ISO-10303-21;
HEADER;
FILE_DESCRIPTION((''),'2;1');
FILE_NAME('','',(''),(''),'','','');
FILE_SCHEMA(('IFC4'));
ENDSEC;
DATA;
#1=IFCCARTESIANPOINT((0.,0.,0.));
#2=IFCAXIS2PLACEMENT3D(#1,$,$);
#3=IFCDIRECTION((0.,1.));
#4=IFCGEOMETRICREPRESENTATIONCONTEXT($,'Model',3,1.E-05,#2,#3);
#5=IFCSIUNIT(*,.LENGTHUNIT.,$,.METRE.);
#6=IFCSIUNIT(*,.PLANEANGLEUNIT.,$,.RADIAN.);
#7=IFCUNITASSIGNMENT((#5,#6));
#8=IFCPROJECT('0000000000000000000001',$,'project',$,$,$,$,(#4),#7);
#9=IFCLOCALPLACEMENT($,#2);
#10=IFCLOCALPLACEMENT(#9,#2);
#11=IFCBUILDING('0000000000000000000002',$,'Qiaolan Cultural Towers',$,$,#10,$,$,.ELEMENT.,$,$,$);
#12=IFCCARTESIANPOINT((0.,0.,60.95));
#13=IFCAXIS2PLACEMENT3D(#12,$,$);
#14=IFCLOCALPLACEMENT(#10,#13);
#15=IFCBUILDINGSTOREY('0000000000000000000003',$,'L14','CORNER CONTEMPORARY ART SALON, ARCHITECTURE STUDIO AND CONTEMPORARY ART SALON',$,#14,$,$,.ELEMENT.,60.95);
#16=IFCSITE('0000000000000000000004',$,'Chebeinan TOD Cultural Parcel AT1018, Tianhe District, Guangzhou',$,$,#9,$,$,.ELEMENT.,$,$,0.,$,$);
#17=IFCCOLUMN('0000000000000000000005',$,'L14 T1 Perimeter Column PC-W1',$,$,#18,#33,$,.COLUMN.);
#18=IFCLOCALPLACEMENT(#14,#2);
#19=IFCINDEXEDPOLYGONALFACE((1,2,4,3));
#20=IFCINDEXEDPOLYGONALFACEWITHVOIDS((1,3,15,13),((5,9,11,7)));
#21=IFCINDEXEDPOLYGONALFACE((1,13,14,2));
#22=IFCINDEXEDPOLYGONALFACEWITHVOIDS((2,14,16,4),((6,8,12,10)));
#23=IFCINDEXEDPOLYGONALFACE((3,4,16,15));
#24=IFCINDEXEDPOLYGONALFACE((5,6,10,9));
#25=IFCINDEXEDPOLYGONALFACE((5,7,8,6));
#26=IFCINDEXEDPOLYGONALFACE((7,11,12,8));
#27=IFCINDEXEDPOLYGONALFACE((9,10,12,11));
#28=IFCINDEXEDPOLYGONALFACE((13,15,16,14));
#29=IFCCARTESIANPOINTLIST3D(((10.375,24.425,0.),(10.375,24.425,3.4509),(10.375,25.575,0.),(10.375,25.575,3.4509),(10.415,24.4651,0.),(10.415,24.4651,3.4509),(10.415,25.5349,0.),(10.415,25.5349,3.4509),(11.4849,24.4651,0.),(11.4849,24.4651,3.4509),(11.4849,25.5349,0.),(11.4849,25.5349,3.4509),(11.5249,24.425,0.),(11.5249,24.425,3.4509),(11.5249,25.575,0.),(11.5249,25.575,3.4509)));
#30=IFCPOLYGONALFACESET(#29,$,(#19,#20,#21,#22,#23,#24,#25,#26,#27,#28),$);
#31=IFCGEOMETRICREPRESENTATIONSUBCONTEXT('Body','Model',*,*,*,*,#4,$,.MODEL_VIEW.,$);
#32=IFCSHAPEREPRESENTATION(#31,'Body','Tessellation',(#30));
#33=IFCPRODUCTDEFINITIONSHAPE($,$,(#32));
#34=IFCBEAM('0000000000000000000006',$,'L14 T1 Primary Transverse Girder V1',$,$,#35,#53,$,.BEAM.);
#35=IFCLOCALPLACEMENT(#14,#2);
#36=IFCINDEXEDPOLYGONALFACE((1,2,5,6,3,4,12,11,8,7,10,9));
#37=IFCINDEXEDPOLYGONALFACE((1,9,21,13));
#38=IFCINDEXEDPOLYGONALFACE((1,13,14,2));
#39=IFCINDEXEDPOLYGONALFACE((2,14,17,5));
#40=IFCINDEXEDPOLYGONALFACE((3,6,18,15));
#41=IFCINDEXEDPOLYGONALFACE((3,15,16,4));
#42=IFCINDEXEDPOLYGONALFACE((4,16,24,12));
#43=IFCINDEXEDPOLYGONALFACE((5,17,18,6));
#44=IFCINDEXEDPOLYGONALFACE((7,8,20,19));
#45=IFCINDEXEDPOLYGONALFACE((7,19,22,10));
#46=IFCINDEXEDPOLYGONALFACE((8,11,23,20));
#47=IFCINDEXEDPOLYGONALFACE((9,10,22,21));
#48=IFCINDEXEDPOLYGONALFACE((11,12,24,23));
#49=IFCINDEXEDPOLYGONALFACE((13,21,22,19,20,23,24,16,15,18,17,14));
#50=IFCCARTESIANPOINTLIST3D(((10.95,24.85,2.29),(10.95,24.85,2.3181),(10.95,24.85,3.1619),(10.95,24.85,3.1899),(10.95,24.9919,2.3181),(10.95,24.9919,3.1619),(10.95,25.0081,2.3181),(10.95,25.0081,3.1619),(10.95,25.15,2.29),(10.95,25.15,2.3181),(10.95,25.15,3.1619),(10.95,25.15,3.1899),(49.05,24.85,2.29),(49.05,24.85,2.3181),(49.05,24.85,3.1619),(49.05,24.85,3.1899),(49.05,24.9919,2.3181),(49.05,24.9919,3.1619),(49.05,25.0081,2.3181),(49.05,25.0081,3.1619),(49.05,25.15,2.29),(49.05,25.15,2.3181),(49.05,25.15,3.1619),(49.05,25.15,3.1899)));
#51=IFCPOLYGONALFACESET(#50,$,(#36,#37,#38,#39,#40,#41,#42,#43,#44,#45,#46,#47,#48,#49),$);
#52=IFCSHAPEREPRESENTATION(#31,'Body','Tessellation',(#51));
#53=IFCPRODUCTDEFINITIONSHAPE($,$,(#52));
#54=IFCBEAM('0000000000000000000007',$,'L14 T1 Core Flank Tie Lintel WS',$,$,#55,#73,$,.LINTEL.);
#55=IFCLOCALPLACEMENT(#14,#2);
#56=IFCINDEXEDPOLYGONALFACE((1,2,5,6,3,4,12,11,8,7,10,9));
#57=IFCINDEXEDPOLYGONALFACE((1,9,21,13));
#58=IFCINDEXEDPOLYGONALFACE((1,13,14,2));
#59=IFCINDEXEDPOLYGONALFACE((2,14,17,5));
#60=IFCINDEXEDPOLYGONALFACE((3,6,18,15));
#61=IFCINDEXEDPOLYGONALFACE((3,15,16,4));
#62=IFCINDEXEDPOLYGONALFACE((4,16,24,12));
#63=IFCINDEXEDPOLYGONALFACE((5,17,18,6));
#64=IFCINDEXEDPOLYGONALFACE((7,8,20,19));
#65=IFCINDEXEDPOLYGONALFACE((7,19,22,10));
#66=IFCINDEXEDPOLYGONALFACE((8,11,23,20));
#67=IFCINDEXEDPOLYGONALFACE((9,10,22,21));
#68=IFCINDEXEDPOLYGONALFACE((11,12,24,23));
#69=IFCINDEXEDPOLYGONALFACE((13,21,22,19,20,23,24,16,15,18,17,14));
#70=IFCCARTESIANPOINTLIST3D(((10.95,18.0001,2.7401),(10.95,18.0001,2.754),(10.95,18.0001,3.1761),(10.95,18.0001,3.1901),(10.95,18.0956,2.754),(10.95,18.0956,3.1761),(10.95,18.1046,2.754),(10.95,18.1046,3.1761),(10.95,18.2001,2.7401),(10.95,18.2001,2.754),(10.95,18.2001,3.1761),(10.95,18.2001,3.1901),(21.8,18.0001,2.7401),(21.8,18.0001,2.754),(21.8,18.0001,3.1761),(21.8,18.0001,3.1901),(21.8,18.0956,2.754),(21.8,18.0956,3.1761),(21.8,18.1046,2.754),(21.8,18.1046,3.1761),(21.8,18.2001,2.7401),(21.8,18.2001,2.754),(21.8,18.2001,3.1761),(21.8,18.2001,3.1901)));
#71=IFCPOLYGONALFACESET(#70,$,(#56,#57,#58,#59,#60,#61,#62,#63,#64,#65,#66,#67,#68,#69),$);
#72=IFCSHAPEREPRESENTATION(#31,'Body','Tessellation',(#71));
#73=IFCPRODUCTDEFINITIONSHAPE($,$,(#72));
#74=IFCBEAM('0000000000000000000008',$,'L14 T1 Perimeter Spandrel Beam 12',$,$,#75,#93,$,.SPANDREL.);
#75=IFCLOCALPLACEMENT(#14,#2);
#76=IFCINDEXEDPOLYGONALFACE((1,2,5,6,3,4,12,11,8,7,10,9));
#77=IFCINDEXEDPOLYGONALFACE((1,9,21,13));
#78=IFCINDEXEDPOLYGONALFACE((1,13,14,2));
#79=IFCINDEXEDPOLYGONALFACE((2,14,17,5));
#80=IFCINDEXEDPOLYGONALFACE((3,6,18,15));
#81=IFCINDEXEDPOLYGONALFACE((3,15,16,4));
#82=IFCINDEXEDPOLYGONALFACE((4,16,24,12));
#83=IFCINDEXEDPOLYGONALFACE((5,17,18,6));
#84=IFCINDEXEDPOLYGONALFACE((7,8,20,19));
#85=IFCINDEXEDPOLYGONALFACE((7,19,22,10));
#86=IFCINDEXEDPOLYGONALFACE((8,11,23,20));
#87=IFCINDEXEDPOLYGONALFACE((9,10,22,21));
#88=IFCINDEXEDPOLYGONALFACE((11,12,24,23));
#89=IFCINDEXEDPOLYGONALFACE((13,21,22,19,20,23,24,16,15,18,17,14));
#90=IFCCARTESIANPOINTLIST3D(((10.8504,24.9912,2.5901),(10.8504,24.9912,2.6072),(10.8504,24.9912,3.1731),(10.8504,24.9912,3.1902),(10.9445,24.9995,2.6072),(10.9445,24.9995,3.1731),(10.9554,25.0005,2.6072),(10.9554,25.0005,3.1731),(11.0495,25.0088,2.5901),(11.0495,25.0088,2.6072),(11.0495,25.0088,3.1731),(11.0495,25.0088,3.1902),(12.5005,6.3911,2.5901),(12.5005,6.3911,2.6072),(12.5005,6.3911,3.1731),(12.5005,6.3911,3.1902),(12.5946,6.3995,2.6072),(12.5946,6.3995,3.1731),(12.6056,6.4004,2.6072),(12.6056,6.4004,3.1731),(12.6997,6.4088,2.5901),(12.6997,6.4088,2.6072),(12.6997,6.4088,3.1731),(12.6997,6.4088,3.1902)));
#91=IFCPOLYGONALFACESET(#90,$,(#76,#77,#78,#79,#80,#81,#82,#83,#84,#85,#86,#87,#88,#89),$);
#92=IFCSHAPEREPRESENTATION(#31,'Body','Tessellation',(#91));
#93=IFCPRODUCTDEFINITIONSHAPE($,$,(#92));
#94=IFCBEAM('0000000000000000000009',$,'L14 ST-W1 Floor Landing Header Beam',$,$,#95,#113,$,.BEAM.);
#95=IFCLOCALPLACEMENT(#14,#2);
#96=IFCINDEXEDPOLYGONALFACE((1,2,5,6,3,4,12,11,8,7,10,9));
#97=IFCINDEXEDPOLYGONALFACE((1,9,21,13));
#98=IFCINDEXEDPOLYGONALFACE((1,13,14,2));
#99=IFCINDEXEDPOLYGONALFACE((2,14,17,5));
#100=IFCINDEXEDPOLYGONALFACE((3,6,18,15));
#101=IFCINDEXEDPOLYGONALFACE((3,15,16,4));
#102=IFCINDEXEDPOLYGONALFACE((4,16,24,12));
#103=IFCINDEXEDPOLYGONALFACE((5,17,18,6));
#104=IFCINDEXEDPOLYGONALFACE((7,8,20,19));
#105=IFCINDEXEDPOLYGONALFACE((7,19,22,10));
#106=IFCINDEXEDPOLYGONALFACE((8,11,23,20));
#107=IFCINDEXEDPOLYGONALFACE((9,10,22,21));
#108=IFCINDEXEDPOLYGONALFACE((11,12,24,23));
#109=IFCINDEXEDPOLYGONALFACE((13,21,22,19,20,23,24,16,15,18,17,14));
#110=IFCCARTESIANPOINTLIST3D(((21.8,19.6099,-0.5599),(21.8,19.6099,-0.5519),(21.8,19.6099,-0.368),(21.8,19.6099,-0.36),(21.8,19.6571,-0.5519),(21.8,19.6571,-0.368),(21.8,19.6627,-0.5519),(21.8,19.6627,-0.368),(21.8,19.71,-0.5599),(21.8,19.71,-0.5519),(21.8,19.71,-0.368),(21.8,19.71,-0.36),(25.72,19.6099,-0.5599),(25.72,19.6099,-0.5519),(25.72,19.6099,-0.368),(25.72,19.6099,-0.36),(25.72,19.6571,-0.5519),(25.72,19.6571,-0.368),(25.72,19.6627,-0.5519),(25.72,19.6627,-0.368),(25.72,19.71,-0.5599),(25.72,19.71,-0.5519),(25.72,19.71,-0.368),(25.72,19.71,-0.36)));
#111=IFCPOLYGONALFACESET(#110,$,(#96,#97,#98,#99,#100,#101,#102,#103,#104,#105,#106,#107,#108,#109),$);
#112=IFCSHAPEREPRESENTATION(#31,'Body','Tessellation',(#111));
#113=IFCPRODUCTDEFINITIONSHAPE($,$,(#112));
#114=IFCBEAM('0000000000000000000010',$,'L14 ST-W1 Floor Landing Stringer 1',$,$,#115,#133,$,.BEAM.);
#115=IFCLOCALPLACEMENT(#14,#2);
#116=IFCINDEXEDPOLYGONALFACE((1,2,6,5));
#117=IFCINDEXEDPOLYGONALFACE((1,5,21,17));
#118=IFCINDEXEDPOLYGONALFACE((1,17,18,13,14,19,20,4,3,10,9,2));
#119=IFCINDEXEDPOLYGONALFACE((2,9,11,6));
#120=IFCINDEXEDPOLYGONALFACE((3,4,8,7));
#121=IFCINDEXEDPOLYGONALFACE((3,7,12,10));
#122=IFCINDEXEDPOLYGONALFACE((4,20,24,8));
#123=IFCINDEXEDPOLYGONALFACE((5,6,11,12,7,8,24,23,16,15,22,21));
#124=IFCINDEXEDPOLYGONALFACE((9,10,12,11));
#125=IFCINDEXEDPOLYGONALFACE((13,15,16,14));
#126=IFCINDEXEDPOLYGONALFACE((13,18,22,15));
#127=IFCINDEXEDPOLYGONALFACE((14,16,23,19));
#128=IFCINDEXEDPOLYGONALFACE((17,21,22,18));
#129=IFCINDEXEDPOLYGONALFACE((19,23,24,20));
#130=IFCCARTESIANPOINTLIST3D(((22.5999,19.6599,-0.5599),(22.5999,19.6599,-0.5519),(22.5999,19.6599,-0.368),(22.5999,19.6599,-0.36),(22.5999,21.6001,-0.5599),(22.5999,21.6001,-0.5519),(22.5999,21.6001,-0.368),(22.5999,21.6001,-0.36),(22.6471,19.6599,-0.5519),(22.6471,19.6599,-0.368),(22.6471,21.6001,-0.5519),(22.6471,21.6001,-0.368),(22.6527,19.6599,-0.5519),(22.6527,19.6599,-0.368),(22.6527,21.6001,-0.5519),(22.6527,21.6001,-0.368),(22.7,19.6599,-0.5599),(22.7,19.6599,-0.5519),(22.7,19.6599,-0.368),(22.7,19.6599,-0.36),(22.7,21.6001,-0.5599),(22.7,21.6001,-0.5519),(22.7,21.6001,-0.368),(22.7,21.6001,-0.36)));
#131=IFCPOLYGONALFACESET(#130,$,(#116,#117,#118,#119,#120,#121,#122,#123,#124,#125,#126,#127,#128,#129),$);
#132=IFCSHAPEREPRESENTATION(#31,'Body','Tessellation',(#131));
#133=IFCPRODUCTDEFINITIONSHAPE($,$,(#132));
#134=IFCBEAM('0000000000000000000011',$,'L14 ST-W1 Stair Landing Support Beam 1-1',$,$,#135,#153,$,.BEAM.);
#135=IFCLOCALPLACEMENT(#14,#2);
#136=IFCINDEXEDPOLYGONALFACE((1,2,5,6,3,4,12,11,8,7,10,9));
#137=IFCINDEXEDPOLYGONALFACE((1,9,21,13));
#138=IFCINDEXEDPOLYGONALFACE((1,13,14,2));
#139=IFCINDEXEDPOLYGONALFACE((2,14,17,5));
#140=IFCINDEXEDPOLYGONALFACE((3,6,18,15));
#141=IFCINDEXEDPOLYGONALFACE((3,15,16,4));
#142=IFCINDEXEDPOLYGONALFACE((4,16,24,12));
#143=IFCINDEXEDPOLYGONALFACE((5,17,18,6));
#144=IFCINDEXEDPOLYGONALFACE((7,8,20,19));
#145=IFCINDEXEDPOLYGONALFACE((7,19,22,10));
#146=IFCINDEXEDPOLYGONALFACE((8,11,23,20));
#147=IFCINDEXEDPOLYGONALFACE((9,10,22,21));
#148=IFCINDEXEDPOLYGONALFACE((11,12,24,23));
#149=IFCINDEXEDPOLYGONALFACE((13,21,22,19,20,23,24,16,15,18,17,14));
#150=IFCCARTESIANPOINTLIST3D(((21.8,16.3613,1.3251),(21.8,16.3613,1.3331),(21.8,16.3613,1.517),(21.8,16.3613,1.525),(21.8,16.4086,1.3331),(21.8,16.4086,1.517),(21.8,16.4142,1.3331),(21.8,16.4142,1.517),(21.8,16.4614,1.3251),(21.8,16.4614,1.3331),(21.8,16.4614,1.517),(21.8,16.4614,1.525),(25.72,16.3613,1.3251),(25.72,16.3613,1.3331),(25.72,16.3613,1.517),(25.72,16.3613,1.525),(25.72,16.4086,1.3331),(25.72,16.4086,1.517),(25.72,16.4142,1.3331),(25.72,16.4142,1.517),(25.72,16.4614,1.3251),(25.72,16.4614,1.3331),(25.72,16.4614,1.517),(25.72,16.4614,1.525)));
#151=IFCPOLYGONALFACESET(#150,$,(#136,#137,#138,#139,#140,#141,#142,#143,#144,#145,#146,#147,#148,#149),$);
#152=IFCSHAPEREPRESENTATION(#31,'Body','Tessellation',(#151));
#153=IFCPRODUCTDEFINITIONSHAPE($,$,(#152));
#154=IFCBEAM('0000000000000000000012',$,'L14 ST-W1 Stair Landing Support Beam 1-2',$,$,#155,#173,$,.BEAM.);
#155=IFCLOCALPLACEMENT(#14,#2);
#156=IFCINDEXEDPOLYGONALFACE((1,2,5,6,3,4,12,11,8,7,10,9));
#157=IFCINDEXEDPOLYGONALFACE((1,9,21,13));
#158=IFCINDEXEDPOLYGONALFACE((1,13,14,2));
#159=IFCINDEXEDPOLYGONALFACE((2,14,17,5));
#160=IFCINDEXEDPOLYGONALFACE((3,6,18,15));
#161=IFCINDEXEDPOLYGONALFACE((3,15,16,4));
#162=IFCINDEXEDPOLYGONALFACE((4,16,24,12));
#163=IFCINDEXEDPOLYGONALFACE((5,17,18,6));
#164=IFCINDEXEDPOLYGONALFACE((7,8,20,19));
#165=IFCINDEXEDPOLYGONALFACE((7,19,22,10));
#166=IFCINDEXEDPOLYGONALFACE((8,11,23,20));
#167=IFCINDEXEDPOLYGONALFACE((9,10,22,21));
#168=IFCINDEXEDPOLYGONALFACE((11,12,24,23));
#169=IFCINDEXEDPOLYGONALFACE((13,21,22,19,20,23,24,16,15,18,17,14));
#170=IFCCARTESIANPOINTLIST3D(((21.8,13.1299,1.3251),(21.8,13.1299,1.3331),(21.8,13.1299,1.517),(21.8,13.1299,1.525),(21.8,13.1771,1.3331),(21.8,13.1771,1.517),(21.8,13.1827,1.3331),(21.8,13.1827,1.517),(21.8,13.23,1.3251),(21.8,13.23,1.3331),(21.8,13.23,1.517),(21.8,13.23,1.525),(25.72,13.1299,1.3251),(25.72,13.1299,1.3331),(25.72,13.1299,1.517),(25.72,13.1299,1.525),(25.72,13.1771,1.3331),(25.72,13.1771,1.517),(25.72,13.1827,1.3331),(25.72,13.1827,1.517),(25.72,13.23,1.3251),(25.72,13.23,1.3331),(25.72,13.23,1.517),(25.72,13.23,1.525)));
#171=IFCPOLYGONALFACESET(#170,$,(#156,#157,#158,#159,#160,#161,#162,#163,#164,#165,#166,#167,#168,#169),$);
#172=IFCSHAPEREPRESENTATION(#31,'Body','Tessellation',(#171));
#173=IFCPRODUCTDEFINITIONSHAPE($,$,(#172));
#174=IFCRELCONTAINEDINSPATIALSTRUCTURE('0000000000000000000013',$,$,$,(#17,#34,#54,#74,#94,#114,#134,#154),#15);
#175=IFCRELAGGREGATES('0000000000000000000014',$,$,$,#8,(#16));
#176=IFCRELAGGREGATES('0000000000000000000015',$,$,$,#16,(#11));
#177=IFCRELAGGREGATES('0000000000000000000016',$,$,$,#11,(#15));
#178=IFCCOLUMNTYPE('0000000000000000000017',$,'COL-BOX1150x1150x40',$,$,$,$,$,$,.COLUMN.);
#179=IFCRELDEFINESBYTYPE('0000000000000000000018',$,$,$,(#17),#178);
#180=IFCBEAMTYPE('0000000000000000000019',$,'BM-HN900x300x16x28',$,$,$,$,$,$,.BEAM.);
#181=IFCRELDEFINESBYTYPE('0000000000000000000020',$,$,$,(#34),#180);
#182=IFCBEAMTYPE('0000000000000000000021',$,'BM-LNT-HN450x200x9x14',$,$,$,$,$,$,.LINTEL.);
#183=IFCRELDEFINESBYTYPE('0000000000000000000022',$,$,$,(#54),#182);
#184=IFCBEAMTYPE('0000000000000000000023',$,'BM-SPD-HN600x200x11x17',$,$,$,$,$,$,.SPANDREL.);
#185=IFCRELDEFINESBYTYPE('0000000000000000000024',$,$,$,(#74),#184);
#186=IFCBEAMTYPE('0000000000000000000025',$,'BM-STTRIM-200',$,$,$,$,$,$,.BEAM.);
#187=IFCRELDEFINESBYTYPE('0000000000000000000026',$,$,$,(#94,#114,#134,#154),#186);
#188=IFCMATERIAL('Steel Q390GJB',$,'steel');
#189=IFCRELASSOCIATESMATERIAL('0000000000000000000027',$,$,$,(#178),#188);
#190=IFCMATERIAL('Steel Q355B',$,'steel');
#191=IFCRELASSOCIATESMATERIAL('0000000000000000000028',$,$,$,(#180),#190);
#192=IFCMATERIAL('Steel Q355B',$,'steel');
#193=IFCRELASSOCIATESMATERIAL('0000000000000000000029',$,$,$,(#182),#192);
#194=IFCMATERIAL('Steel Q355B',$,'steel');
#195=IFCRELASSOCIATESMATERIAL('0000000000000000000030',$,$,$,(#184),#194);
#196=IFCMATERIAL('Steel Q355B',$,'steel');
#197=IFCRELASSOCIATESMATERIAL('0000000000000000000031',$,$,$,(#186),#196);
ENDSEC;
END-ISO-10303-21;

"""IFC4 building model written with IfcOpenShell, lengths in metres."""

from ifc_helpers import new_model, si_unit, direction, frame, origin, origin_2d, place, context, subcontext, project, spatial, hollow_rectangle, i_section, extrude, material, material_profile, profile_set, type_object, element, save


model = new_model("IFC4")

# Units and contexts
model_context = context("Model", 3, precision=1e-05, world=origin(), true_north=direction((0.0, 1.0)))
body_context = subcontext(model_context, "Body", "Model", "MODEL_VIEW")
ifc_project = project(units=[si_unit("LENGTHUNIT", "METRE"), si_unit("PLANEANGLEUNIT", "RADIAN")], contexts=[model_context])

# Site, building, storey
site_placement = place(None, origin())
site = spatial("IfcSite", under=ifc_project, at=site_placement, Name="Chebeinan TOD Cultural Parcel AT1018, Tianhe District, Guangzhou", CompositionType="ELEMENT", RefElevation=0.0)
building_placement = place(site_placement, origin())
building = spatial("IfcBuilding", under=site, at=building_placement, Name="Qiaolan Cultural Towers", CompositionType="ELEMENT")
storey_placement = place(building_placement, frame((0.0, 0.0, 60.95)))
storey = spatial("IfcBuildingStorey", under=building, at=storey_placement, Name="L14", Description="CORNER CONTEMPORARY ART SALON, ARCHITECTURE STUDIO AND CONTEMPORARY ART SALON", CompositionType="ELEMENT", Elevation=60.95)

# Column
ifc_material_1 = material(Name="Steel Q390GJB", Category="steel")
ifc_material_profile_1 = material_profile(ifc_material_1, hollow_rectangle(XDim=1.1499, YDim=1.1499, WallThickness=0.04, at=origin_2d()), Name="BOX1150x1150x40")
ifc_profile_set_1 = profile_set([ifc_material_profile_1], Name="Steel Q390GJB")
column_type = type_object("IfcColumnType", Name="COL-BOX1150x1150x40", PredefinedType="COLUMN", material=ifc_profile_set_1)
column_placement = place(storey_placement, frame((10.95, 25.0, 0.0), z_axis=(0.0, 0.0, 1.0), x_axis=(1.0, 0.0, 0.0)))
element("IfcColumn", 1, at=column_placement, inside=storey, type_object=column_type, Name="L14 T1 Perimeter Column PC-W1", PredefinedType="COLUMN", context=body_context, shape_type="SweptSolid", body=[
    extrude(hollow_rectangle(XDim=1.1499, YDim=1.1499, WallThickness=0.04, at=origin_2d()), origin(), (0.0, 0.0, 1.0), 3.4509),
])

# Beams
ifc_material_2 = material(Name="Steel Q355B", Category="steel")
ifc_material_profile_2 = material_profile(ifc_material_2, i_section(OverallWidth=0.3, OverallDepth=0.8999, WebThickness=0.0161, FlangeThickness=0.0281, at=origin_2d()), Name="HN900x300x16x28")
ifc_profile_set_2 = profile_set([ifc_material_profile_2], Name="Steel Q355B")
beam_type_1 = type_object("IfcBeamType", Name="BM-HN900x300x16x28", PredefinedType="BEAM", material=ifc_profile_set_2)
beam_1_placement = place(storey_placement, frame((10.95, 25.0, 2.74), z_axis=(1.0, 0.0, 0.0), x_axis=(0.0, 1.0, 0.0)))
element("IfcBeam", 2, at=beam_1_placement, inside=storey, type_object=beam_type_1, Name="L14 T1 Primary Transverse Girder V1", PredefinedType="BEAM", context=body_context, shape_type="SweptSolid", body=[
    extrude(i_section(OverallWidth=0.3, OverallDepth=0.8999, WebThickness=0.0161, FlangeThickness=0.0281, at=origin_2d()), origin(), (0.0, 0.0, 1.0), 38.1001),
])
ifc_material_3 = material(Name="Steel Q355B", Category="steel")
ifc_material_profile_3 = material_profile(ifc_material_3, i_section(OverallWidth=0.2, OverallDepth=0.45, WebThickness=0.009, FlangeThickness=0.0139, at=origin_2d()), Name="HN450x200x9x14")
ifc_profile_set_3 = profile_set([ifc_material_profile_3], Name="Steel Q355B")
beam_type_2 = type_object("IfcBeamType", Name="BM-LNT-HN450x200x9x14", PredefinedType="LINTEL", material=ifc_profile_set_3)
beam_2_placement = place(storey_placement, frame((21.8, 18.1001, 2.9651), z_axis=(-1.0, 0.0, 0.0), x_axis=(0.0, -1.0, 0.0)))
element("IfcBeam", 3, at=beam_2_placement, inside=storey, type_object=beam_type_2, Name="L14 T1 Core Flank Tie Lintel WS", PredefinedType="LINTEL", context=body_context, shape_type="SweptSolid", body=[
    extrude(i_section(OverallWidth=0.2, OverallDepth=0.45, WebThickness=0.009, FlangeThickness=0.0139, at=origin_2d()), origin(), (0.0, 0.0, 1.0), 10.8501),
])
ifc_material_4 = material(Name="Steel Q355B", Category="steel")
ifc_material_profile_4 = material_profile(ifc_material_4, i_section(OverallWidth=0.2, OverallDepth=0.6001, WebThickness=0.011, FlangeThickness=0.0171, at=origin_2d()), Name="HN600x200x11x17")
ifc_profile_set_4 = profile_set([ifc_material_profile_4], Name="Steel Q355B")
beam_type_3 = type_object("IfcBeamType", Name="BM-SPD-HN600x200x11x17", PredefinedType="SPANDREL", material=ifc_profile_set_4)
beam_3_placement = place(storey_placement, frame((10.95, 25.0, 2.8901), z_axis=(0.08837, -0.996088, 0.0), x_axis=(0.996088, 0.08837, 0.0)))
element("IfcBeam", 4, at=beam_3_placement, inside=storey, type_object=beam_type_3, Name="L14 T1 Perimeter Spandrel Beam 12", PredefinedType="SPANDREL", context=body_context, shape_type="SweptSolid", body=[
    extrude(i_section(OverallWidth=0.2, OverallDepth=0.6001, WebThickness=0.011, FlangeThickness=0.0171, at=origin_2d()), origin(), (0.0, 0.0, 1.0), 18.6731),
])
ifc_material_5 = material(Name="Steel Q355B", Category="steel")
ifc_material_profile_5 = material_profile(ifc_material_5, i_section(OverallWidth=0.1001, OverallDepth=0.2, WebThickness=0.0056, FlangeThickness=0.0081, at=origin_2d()), Name="HN200x100x5.5x8")
ifc_profile_set_5 = profile_set([ifc_material_profile_5], Name="Steel Q355B")
beam_type_4 = type_object("IfcBeamType", Name="BM-STTRIM-200", PredefinedType="BEAM", material=ifc_profile_set_5)
beam_4_placement = place(storey_placement, frame((21.8, 19.6599, -0.46), z_axis=(1.0, 0.0, 0.0), x_axis=(0.0, 1.0, 0.0)))
element("IfcBeam", 5, at=beam_4_placement, inside=storey, type_object=beam_type_4, Name="L14 ST-W1 Floor Landing Header Beam", PredefinedType="BEAM", context=body_context, shape_type="SweptSolid", body=[
    extrude(i_section(OverallWidth=0.1001, OverallDepth=0.2, WebThickness=0.0056, FlangeThickness=0.0081, at=origin_2d()), origin(), (0.0, 0.0, 1.0), 3.9199),
])
beam_5_placement = place(storey_placement, frame((22.6499, 21.6001, -0.46), z_axis=(0.0, -1.0, 0.0), x_axis=(1.0, 0.0, 0.0)))
element("IfcBeam", 6, at=beam_5_placement, inside=storey, type_object=beam_type_4, Name="L14 ST-W1 Floor Landing Stringer 1", PredefinedType="BEAM", context=body_context, shape_type="SweptSolid", body=[
    extrude(i_section(OverallWidth=0.1001, OverallDepth=0.2, WebThickness=0.0056, FlangeThickness=0.0081, at=origin_2d()), origin(), (0.0, 0.0, 1.0), 1.9402),
])
for number, where, z_axis, x_axis, name in (
    (7, (21.8, 16.4114, 1.425), (1.0, 0.0, 0.0), (0.0, 1.0, 0.0), "L14 ST-W1 Stair Landing Support Beam 1-1"),
    (8, (21.8, 13.1799, 1.425), (1.0, 0.0, 0.0), (0.0, 1.0, 0.0), "L14 ST-W1 Stair Landing Support Beam 1-2"),
):
    element("IfcBeam", number, at=place(storey_placement, frame(where, z_axis=z_axis, x_axis=x_axis)), inside=storey, type_object=beam_type_4, Name=name, PredefinedType="BEAM", context=body_context, shape_type="SweptSolid", body=[
        extrude(i_section(OverallWidth=0.1001, OverallDepth=0.2, WebThickness=0.0056, FlangeThickness=0.0081, at=origin_2d()), origin(), (0.0, 0.0, 1.0), 3.9199),
    ])

save(model, "model.ifc")
